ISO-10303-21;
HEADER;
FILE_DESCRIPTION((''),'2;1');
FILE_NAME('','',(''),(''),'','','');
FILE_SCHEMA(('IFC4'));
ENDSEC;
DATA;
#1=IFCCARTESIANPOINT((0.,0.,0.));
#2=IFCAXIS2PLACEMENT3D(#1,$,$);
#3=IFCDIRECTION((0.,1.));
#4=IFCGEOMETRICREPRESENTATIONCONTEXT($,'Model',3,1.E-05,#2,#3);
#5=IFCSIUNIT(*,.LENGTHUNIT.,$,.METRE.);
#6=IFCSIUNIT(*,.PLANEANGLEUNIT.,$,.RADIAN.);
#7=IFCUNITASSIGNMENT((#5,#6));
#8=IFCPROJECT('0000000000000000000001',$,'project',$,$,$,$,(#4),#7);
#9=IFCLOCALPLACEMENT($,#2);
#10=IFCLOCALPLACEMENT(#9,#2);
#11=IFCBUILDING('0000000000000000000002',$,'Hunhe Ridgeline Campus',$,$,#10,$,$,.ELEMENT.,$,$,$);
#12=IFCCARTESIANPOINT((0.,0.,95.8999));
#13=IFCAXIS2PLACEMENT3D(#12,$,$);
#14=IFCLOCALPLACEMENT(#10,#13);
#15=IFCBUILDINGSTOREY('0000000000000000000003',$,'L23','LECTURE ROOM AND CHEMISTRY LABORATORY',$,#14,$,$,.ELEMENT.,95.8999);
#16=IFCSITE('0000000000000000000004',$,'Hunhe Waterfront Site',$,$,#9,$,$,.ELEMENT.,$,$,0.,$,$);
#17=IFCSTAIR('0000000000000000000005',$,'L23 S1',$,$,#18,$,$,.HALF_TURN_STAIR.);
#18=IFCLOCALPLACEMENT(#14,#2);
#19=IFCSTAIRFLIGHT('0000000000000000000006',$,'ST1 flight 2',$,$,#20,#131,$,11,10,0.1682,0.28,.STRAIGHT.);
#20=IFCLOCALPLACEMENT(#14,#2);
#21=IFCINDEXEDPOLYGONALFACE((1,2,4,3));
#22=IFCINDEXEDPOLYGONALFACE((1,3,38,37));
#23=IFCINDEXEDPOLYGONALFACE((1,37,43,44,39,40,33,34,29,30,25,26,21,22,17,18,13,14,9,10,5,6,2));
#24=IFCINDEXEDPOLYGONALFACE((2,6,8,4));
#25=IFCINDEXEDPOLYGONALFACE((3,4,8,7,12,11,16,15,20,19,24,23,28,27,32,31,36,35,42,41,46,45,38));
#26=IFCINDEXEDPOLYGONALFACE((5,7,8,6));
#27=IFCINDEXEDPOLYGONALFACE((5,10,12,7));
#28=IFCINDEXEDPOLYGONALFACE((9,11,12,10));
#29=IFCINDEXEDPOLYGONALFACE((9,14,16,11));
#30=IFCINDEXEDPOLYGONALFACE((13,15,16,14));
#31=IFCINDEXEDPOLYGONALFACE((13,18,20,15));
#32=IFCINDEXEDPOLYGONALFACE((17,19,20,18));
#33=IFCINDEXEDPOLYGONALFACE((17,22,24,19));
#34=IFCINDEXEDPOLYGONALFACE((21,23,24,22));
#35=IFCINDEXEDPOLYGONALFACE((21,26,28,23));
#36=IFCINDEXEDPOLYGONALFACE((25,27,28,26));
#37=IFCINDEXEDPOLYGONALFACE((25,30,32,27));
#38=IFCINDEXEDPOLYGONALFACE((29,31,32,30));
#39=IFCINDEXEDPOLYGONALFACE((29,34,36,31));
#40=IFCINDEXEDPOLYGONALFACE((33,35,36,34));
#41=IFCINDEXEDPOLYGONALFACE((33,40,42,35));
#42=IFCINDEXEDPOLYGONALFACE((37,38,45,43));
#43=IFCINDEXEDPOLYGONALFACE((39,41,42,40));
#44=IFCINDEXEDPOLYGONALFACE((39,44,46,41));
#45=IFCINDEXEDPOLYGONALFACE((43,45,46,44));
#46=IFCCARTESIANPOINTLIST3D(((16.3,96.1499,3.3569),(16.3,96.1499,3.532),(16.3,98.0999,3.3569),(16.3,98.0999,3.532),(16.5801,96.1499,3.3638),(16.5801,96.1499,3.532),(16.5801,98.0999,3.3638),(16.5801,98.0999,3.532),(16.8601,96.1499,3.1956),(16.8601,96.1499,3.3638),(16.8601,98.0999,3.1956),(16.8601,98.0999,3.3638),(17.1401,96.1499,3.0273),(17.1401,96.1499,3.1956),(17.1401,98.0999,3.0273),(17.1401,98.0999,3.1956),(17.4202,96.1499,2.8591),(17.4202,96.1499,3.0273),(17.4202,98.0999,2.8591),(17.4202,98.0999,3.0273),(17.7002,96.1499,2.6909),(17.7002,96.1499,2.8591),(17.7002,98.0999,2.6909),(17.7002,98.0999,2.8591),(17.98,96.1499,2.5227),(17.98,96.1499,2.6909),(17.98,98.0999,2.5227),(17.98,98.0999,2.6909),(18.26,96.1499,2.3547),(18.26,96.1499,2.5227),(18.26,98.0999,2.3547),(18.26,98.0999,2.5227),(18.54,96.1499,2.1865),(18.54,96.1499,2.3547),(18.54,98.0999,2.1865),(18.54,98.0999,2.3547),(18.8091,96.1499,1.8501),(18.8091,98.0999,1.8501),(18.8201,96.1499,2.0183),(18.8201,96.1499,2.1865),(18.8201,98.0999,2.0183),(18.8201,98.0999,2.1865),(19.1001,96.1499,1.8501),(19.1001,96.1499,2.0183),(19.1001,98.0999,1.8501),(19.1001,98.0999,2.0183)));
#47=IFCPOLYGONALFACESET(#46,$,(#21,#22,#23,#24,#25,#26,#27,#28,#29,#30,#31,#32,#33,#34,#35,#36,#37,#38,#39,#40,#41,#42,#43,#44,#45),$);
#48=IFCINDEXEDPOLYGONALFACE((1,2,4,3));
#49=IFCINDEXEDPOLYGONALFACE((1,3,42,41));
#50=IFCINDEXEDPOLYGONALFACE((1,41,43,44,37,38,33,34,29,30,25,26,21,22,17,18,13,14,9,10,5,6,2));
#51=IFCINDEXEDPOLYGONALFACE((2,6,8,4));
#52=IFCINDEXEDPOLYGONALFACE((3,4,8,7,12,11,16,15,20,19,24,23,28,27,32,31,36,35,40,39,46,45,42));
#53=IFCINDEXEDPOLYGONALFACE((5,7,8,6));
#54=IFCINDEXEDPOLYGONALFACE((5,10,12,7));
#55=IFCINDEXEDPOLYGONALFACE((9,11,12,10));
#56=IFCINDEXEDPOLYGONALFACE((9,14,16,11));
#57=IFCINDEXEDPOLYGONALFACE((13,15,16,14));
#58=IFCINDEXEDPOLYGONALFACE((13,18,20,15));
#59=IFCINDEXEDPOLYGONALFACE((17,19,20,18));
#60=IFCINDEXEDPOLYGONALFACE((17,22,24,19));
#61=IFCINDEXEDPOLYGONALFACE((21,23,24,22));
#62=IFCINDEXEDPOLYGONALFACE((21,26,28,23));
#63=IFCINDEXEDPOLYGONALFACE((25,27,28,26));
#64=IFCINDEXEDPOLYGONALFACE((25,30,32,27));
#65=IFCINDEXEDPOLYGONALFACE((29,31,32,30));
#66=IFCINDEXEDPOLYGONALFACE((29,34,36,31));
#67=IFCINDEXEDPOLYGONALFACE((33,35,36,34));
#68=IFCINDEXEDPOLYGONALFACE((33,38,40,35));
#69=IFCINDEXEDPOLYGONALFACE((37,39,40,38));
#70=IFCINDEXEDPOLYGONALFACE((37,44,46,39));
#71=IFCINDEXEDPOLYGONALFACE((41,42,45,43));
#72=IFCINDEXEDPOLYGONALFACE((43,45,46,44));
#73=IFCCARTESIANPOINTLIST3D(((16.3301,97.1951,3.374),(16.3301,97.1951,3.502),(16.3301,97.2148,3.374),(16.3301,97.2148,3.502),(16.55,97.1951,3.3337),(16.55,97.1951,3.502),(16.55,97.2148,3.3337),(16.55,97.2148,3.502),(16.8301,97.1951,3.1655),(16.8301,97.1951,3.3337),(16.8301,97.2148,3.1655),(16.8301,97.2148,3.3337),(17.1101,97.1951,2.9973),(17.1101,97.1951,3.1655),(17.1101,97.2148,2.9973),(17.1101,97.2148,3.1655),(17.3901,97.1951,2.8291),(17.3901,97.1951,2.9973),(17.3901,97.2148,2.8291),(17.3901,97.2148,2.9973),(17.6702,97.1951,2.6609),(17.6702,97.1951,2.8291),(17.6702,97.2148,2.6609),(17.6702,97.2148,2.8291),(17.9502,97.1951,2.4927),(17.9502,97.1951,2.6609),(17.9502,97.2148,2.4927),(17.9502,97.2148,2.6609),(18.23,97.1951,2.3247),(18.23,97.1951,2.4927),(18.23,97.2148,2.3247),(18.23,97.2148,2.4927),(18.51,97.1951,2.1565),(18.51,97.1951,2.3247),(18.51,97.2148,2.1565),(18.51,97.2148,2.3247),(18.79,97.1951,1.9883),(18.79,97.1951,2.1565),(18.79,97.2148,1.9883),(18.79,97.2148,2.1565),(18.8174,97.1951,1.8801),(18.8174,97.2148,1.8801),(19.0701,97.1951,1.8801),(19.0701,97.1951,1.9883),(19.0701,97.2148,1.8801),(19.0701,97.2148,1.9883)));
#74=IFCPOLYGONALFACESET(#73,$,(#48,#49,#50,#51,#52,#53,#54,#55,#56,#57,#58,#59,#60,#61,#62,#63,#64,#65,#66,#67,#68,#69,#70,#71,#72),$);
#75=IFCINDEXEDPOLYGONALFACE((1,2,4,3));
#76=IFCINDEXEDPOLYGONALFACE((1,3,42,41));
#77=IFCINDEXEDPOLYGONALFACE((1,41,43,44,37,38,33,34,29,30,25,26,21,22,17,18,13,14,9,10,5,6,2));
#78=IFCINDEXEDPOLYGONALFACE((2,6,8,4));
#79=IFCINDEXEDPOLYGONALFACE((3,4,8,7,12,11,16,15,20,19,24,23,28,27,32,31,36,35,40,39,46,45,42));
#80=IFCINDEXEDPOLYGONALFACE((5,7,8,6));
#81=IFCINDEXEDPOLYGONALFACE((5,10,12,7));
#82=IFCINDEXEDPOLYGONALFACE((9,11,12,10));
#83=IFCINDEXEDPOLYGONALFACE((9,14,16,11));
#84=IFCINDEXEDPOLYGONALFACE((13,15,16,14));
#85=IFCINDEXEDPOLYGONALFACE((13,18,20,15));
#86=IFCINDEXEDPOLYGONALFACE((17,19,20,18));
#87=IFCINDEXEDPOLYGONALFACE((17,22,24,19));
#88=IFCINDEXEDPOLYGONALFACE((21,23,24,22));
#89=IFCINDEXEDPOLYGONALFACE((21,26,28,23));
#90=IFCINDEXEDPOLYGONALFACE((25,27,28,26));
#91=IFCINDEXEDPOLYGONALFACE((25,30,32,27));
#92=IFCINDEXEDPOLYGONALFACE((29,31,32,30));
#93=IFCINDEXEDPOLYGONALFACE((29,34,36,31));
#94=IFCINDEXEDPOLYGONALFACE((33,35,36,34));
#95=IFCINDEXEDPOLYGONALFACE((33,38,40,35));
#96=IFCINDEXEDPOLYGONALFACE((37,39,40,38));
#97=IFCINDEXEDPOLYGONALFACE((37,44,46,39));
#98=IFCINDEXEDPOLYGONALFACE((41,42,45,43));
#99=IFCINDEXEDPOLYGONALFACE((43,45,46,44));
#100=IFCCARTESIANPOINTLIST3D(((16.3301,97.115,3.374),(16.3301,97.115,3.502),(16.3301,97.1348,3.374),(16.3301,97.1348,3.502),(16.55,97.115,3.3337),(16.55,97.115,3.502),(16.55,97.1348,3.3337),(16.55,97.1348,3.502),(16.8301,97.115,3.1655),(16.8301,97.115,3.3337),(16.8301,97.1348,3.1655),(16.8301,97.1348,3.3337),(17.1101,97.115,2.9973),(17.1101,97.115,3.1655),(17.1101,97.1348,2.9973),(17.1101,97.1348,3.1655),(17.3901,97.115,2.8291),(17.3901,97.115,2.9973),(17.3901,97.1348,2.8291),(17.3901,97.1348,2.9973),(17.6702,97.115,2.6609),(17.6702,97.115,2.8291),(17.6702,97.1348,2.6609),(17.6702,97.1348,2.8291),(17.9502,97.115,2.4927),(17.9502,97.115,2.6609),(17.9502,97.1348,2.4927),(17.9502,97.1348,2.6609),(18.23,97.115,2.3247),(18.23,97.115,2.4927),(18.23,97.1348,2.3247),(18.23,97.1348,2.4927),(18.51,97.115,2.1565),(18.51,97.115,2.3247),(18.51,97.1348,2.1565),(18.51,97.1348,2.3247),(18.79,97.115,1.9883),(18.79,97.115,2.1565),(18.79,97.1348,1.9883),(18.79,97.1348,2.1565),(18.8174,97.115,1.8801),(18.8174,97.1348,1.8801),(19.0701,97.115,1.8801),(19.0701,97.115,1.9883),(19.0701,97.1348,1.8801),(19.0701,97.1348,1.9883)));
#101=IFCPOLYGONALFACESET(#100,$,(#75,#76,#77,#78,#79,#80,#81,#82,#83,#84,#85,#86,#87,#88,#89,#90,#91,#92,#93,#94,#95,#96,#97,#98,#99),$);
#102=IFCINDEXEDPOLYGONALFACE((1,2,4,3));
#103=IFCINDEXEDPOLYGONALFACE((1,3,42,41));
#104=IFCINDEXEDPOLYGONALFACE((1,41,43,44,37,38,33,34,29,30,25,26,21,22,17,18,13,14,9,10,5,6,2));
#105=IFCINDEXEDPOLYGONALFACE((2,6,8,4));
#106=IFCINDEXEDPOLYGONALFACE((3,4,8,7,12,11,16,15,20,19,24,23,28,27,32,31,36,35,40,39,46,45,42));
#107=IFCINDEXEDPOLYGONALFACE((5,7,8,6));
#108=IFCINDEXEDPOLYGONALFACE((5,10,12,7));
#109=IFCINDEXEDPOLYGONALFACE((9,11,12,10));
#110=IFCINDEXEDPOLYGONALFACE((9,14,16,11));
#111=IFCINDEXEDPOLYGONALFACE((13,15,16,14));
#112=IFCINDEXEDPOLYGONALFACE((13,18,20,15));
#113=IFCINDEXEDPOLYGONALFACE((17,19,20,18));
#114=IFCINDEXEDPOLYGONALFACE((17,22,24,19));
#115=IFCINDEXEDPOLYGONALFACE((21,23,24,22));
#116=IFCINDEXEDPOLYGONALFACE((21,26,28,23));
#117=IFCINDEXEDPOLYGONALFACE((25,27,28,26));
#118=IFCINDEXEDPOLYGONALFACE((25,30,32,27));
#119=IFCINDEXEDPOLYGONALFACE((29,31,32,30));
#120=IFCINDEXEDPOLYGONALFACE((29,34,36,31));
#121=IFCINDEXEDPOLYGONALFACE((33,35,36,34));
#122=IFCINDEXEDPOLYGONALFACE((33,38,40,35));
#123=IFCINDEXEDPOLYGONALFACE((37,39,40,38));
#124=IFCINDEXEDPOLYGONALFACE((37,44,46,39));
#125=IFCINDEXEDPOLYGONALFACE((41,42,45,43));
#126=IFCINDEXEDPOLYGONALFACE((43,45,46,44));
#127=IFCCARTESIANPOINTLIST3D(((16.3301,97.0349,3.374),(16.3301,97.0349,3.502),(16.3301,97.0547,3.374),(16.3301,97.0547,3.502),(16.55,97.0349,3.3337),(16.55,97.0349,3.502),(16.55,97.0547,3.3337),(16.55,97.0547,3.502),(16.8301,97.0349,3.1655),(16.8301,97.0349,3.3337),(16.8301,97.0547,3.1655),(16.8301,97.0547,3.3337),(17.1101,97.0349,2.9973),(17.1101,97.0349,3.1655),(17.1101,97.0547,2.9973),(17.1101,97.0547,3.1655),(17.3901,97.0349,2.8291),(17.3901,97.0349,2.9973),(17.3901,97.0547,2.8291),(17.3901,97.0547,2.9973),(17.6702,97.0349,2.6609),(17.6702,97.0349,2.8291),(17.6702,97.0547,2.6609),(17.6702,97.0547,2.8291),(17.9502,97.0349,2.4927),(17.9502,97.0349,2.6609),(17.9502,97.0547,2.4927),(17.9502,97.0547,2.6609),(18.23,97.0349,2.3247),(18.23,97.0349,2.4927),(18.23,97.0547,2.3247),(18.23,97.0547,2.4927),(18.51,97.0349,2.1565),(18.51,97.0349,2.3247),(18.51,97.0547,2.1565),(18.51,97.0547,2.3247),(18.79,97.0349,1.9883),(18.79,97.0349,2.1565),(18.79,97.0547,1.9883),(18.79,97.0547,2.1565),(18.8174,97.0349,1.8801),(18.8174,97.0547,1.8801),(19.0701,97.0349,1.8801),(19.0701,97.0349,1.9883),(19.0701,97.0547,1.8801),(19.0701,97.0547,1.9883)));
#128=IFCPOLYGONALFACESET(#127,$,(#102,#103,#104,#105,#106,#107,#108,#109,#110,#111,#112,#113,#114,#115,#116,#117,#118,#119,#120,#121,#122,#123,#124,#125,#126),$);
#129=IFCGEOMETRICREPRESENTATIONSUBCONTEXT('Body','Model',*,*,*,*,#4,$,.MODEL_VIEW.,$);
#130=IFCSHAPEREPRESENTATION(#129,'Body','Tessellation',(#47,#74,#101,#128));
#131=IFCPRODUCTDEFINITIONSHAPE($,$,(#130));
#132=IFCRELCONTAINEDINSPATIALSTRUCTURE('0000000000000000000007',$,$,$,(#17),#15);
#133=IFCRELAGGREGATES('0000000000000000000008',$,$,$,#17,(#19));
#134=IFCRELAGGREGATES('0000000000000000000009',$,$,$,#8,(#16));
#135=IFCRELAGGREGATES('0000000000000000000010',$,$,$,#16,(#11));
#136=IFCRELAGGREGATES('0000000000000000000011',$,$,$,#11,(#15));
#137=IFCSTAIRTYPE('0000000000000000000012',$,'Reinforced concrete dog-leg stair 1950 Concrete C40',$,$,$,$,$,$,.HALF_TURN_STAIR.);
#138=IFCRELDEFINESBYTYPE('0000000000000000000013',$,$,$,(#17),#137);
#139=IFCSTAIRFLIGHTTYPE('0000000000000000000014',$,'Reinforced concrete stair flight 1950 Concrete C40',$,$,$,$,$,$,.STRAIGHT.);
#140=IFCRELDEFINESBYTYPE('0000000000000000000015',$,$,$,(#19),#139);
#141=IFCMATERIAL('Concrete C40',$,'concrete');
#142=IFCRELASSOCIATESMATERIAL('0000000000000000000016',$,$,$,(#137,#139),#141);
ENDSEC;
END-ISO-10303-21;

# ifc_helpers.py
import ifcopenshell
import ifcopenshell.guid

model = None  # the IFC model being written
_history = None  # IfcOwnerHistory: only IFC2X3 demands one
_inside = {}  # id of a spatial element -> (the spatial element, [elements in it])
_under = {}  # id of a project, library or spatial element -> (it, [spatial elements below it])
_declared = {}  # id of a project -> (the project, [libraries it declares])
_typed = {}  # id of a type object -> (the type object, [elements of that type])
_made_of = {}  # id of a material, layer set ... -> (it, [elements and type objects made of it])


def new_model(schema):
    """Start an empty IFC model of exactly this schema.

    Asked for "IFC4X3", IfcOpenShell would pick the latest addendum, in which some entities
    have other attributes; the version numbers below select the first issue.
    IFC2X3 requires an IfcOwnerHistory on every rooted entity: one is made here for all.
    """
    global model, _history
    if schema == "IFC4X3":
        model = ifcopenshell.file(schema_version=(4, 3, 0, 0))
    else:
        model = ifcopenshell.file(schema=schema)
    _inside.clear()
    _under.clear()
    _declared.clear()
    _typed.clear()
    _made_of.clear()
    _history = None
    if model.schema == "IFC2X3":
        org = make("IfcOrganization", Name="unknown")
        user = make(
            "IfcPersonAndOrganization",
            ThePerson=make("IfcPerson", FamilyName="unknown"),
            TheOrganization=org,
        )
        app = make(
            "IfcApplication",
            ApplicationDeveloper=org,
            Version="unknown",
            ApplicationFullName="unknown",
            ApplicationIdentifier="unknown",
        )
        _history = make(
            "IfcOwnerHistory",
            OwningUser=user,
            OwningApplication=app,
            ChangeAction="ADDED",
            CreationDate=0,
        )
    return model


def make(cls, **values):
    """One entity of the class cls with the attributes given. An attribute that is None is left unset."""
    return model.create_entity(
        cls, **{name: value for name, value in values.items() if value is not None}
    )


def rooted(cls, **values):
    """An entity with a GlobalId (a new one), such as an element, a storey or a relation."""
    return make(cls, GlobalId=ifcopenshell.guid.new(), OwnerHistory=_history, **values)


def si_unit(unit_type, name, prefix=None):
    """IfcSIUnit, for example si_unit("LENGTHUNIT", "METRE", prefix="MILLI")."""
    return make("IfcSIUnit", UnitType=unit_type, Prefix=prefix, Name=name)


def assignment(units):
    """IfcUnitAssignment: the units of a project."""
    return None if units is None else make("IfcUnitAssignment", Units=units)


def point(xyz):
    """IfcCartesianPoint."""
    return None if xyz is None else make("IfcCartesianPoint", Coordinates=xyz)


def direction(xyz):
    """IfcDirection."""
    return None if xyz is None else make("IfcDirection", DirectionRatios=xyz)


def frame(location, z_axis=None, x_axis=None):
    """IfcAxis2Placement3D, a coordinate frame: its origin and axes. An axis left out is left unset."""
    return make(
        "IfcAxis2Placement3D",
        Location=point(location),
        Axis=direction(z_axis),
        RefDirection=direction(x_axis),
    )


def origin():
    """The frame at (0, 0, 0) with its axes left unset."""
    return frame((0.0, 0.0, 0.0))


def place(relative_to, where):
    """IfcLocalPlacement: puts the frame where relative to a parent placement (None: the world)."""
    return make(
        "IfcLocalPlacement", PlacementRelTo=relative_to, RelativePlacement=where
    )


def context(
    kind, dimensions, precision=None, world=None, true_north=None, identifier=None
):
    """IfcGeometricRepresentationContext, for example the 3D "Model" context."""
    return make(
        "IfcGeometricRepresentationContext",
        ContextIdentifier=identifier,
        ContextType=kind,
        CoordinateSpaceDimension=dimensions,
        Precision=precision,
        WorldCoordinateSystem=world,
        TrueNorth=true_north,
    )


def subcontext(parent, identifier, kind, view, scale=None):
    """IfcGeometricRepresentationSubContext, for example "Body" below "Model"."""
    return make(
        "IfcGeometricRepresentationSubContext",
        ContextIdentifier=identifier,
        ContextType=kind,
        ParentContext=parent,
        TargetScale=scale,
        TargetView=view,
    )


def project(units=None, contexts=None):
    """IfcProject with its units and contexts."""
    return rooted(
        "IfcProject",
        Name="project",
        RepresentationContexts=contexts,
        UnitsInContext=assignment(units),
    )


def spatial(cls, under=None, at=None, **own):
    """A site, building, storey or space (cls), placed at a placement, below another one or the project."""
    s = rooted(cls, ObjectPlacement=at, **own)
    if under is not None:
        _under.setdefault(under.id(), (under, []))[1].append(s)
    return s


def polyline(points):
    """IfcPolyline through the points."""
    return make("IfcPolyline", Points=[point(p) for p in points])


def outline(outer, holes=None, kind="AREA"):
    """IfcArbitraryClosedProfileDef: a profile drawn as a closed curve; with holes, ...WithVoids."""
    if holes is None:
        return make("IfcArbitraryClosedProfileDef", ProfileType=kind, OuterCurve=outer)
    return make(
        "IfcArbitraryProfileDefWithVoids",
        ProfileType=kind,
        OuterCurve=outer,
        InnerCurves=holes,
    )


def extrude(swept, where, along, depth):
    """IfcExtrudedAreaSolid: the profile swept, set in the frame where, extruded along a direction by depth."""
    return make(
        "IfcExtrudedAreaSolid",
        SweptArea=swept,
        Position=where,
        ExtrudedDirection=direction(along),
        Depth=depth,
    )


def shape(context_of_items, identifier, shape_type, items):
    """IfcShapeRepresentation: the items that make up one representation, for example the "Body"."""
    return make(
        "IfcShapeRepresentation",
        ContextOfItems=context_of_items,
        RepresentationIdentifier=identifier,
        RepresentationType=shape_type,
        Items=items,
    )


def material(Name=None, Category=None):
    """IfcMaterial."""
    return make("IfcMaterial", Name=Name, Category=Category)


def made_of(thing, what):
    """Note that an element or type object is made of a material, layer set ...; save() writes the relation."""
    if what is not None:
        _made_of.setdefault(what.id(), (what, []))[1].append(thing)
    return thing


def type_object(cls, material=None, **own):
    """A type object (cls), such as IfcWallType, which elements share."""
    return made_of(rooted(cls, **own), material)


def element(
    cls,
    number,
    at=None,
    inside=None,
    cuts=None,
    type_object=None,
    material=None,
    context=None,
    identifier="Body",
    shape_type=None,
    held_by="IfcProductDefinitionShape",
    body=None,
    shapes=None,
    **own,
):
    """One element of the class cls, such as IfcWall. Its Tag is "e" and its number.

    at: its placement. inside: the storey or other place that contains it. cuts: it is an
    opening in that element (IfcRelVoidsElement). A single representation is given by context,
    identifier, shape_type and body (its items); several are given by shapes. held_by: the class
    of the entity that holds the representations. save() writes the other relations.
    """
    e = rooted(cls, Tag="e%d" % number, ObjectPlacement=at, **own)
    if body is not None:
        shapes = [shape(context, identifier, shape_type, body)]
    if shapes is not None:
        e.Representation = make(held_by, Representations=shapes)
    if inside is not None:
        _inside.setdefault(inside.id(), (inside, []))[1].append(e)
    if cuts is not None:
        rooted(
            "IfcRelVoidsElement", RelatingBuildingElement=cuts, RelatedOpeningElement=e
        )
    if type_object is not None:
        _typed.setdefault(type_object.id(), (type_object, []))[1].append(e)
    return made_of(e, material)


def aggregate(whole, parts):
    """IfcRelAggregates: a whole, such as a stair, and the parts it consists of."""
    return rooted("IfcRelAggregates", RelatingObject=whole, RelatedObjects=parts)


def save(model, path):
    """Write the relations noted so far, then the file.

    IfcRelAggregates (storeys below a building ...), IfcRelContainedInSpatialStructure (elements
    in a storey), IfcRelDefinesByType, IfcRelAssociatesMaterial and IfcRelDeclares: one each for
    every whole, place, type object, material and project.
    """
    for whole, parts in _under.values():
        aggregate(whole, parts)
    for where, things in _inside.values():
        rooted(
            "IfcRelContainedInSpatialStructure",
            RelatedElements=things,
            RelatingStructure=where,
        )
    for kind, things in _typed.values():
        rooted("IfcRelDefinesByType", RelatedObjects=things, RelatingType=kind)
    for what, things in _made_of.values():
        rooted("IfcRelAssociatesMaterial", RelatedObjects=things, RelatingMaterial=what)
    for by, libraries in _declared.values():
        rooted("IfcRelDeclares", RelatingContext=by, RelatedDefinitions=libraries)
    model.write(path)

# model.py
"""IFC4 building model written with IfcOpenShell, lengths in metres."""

from ifc_helpers import new_model, si_unit, direction, frame, origin, place, context, subcontext, project, spatial, polyline, outline, extrude, material, type_object, element, aggregate, save


model = new_model("IFC4")

# Units and contexts
model_context = context("Model", 3, precision=1e-05, world=origin(), true_north=direction((0.0, 1.0)))
body_context = subcontext(model_context, "Body", "Model", "MODEL_VIEW")
ifc_project = project(units=[si_unit("LENGTHUNIT", "METRE"), si_unit("PLANEANGLEUNIT", "RADIAN")], contexts=[model_context])

# Site, building, storey
site_placement = place(None, origin())
site = spatial("IfcSite", under=ifc_project, at=site_placement, Name="Hunhe Waterfront Site", CompositionType="ELEMENT", RefElevation=0.0)
building_placement = place(site_placement, origin())
building = spatial("IfcBuilding", under=site, at=building_placement, Name="Hunhe Ridgeline Campus", CompositionType="ELEMENT")
storey_placement = place(building_placement, frame((0.0, 0.0, 95.8999)))
storey = spatial("IfcBuildingStorey", under=building, at=storey_placement, Name="L23", Description="LECTURE ROOM AND CHEMISTRY LABORATORY", CompositionType="ELEMENT", Elevation=95.8999)

# Stair, stair flight
ifc_material_1 = material(Name="Concrete C40", Category="concrete")
stair_type = type_object("IfcStairType", Name="Reinforced concrete dog-leg stair 1950 Concrete C40", PredefinedType="HALF_TURN_STAIR", material=ifc_material_1)
stair_placement = place(storey_placement, origin())
stair = element("IfcStair", 1, at=stair_placement, inside=storey, type_object=stair_type, Name="L23 S1", PredefinedType="HALF_TURN_STAIR")
stair_flight_type = type_object("IfcStairFlightType", Name="Reinforced concrete stair flight 1950 Concrete C40", PredefinedType="STRAIGHT", material=ifc_material_1)
stair_flight_1_placement = place(storey_placement, frame((19.1001, 97.125, 1.8501), z_axis=(0.0, 0.0, 1.0), x_axis=(-1.0, 0.0, 0.0)))
stair_flight_1 = element("IfcStairFlight", 2, at=stair_flight_1_placement, type_object=stair_flight_type, Name="ST1 flight 2", NumberOfRisers=11, NumberOfTreads=10, PredefinedType="STRAIGHT", RiserHeight=0.1682, TreadLength=0.28, context=body_context, shape_type="SweptSolid", body=[
    extrude(outline(polyline([(0.0, 0.0), (0.0, 0.1682), (0.28, 0.1682), (0.28, 0.3364), (0.5601, 0.3364), (0.5601, 0.5046), (0.8401, 0.5046), (0.8401, 0.6726), (1.1201, 0.6726), (1.1201, 0.8408), (1.3999, 0.8408), (1.3999, 1.009), (1.6799, 1.009), (1.6799, 1.1772), (1.96, 1.1772), (1.96, 1.3455), (2.24, 1.3455), (2.24, 1.5137), (2.52, 1.5137), (2.52, 1.6819), (2.8, 1.6819), (2.8, 1.8501), (2.8, 1.5068), (0.291, 0.0), (0.0, 0.0)])), frame((0.0, 0.9751, 0.0), z_axis=(0.0, -1.0, 0.0), x_axis=(1.0, 0.0, 0.0)), (0.0, 0.0, 1.0), 1.95),
    extrude(outline(polyline([(0.03, 0.03), (0.03, 0.1382), (0.3101, 0.1382), (0.3101, 0.3064), (0.5901, 0.3064), (0.5901, 0.4746), (0.8701, 0.4746), (0.8701, 0.6426), (1.1499, 0.6426), (1.1499, 0.8108), (1.4299, 0.8108), (1.4299, 0.979), (1.71, 0.979), (1.71, 1.1472), (1.99, 1.1472), (1.99, 1.3154), (2.27, 1.3154), (2.27, 1.4836), (2.55, 1.4836), (2.55, 1.6519), (2.77, 1.6519), (2.77, 1.5239), (0.2827, 0.03), (0.03, 0.03)])), frame((0.0, -0.0701, 0.0), z_axis=(0.0, -1.0, 0.0), x_axis=(1.0, 0.0, 0.0)), (0.0, 0.0, 1.0), 0.0198),
    extrude(outline(polyline([(0.03, 0.03), (0.03, 0.1382), (0.3101, 0.1382), (0.3101, 0.3064), (0.5901, 0.3064), (0.5901, 0.4746), (0.8701, 0.4746), (0.8701, 0.6426), (1.1499, 0.6426), (1.1499, 0.8108), (1.4299, 0.8108), (1.4299, 0.979), (1.71, 0.979), (1.71, 1.1472), (1.99, 1.1472), (1.99, 1.3154), (2.27, 1.3154), (2.27, 1.4836), (2.55, 1.4836), (2.55, 1.6519), (2.77, 1.6519), (2.77, 1.5239), (0.2827, 0.03), (0.03, 0.03)])), frame((0.0, 0.01, 0.0), z_axis=(0.0, -1.0, 0.0), x_axis=(1.0, 0.0, 0.0)), (0.0, 0.0, 1.0), 0.0198),
    extrude(outline(polyline([(0.03, 0.03), (0.03, 0.1382), (0.3101, 0.1382), (0.3101, 0.3064), (0.5901, 0.3064), (0.5901, 0.4746), (0.8701, 0.4746), (0.8701, 0.6426), (1.1499, 0.6426), (1.1499, 0.8108), (1.4299, 0.8108), (1.4299, 0.979), (1.71, 0.979), (1.71, 1.1472), (1.99, 1.1472), (1.99, 1.3154), (2.27, 1.3154), (2.27, 1.4836), (2.55, 1.4836), (2.55, 1.6519), (2.77, 1.6519), (2.77, 1.5239), (0.2827, 0.03), (0.03, 0.03)])), frame((0.0, 0.0901, 0.0), z_axis=(0.0, -1.0, 0.0), x_axis=(1.0, 0.0, 0.0)), (0.0, 0.0, 1.0), 0.0198),
])
aggregate(stair, [stair_flight_1])

save(model, "model.ifc")
